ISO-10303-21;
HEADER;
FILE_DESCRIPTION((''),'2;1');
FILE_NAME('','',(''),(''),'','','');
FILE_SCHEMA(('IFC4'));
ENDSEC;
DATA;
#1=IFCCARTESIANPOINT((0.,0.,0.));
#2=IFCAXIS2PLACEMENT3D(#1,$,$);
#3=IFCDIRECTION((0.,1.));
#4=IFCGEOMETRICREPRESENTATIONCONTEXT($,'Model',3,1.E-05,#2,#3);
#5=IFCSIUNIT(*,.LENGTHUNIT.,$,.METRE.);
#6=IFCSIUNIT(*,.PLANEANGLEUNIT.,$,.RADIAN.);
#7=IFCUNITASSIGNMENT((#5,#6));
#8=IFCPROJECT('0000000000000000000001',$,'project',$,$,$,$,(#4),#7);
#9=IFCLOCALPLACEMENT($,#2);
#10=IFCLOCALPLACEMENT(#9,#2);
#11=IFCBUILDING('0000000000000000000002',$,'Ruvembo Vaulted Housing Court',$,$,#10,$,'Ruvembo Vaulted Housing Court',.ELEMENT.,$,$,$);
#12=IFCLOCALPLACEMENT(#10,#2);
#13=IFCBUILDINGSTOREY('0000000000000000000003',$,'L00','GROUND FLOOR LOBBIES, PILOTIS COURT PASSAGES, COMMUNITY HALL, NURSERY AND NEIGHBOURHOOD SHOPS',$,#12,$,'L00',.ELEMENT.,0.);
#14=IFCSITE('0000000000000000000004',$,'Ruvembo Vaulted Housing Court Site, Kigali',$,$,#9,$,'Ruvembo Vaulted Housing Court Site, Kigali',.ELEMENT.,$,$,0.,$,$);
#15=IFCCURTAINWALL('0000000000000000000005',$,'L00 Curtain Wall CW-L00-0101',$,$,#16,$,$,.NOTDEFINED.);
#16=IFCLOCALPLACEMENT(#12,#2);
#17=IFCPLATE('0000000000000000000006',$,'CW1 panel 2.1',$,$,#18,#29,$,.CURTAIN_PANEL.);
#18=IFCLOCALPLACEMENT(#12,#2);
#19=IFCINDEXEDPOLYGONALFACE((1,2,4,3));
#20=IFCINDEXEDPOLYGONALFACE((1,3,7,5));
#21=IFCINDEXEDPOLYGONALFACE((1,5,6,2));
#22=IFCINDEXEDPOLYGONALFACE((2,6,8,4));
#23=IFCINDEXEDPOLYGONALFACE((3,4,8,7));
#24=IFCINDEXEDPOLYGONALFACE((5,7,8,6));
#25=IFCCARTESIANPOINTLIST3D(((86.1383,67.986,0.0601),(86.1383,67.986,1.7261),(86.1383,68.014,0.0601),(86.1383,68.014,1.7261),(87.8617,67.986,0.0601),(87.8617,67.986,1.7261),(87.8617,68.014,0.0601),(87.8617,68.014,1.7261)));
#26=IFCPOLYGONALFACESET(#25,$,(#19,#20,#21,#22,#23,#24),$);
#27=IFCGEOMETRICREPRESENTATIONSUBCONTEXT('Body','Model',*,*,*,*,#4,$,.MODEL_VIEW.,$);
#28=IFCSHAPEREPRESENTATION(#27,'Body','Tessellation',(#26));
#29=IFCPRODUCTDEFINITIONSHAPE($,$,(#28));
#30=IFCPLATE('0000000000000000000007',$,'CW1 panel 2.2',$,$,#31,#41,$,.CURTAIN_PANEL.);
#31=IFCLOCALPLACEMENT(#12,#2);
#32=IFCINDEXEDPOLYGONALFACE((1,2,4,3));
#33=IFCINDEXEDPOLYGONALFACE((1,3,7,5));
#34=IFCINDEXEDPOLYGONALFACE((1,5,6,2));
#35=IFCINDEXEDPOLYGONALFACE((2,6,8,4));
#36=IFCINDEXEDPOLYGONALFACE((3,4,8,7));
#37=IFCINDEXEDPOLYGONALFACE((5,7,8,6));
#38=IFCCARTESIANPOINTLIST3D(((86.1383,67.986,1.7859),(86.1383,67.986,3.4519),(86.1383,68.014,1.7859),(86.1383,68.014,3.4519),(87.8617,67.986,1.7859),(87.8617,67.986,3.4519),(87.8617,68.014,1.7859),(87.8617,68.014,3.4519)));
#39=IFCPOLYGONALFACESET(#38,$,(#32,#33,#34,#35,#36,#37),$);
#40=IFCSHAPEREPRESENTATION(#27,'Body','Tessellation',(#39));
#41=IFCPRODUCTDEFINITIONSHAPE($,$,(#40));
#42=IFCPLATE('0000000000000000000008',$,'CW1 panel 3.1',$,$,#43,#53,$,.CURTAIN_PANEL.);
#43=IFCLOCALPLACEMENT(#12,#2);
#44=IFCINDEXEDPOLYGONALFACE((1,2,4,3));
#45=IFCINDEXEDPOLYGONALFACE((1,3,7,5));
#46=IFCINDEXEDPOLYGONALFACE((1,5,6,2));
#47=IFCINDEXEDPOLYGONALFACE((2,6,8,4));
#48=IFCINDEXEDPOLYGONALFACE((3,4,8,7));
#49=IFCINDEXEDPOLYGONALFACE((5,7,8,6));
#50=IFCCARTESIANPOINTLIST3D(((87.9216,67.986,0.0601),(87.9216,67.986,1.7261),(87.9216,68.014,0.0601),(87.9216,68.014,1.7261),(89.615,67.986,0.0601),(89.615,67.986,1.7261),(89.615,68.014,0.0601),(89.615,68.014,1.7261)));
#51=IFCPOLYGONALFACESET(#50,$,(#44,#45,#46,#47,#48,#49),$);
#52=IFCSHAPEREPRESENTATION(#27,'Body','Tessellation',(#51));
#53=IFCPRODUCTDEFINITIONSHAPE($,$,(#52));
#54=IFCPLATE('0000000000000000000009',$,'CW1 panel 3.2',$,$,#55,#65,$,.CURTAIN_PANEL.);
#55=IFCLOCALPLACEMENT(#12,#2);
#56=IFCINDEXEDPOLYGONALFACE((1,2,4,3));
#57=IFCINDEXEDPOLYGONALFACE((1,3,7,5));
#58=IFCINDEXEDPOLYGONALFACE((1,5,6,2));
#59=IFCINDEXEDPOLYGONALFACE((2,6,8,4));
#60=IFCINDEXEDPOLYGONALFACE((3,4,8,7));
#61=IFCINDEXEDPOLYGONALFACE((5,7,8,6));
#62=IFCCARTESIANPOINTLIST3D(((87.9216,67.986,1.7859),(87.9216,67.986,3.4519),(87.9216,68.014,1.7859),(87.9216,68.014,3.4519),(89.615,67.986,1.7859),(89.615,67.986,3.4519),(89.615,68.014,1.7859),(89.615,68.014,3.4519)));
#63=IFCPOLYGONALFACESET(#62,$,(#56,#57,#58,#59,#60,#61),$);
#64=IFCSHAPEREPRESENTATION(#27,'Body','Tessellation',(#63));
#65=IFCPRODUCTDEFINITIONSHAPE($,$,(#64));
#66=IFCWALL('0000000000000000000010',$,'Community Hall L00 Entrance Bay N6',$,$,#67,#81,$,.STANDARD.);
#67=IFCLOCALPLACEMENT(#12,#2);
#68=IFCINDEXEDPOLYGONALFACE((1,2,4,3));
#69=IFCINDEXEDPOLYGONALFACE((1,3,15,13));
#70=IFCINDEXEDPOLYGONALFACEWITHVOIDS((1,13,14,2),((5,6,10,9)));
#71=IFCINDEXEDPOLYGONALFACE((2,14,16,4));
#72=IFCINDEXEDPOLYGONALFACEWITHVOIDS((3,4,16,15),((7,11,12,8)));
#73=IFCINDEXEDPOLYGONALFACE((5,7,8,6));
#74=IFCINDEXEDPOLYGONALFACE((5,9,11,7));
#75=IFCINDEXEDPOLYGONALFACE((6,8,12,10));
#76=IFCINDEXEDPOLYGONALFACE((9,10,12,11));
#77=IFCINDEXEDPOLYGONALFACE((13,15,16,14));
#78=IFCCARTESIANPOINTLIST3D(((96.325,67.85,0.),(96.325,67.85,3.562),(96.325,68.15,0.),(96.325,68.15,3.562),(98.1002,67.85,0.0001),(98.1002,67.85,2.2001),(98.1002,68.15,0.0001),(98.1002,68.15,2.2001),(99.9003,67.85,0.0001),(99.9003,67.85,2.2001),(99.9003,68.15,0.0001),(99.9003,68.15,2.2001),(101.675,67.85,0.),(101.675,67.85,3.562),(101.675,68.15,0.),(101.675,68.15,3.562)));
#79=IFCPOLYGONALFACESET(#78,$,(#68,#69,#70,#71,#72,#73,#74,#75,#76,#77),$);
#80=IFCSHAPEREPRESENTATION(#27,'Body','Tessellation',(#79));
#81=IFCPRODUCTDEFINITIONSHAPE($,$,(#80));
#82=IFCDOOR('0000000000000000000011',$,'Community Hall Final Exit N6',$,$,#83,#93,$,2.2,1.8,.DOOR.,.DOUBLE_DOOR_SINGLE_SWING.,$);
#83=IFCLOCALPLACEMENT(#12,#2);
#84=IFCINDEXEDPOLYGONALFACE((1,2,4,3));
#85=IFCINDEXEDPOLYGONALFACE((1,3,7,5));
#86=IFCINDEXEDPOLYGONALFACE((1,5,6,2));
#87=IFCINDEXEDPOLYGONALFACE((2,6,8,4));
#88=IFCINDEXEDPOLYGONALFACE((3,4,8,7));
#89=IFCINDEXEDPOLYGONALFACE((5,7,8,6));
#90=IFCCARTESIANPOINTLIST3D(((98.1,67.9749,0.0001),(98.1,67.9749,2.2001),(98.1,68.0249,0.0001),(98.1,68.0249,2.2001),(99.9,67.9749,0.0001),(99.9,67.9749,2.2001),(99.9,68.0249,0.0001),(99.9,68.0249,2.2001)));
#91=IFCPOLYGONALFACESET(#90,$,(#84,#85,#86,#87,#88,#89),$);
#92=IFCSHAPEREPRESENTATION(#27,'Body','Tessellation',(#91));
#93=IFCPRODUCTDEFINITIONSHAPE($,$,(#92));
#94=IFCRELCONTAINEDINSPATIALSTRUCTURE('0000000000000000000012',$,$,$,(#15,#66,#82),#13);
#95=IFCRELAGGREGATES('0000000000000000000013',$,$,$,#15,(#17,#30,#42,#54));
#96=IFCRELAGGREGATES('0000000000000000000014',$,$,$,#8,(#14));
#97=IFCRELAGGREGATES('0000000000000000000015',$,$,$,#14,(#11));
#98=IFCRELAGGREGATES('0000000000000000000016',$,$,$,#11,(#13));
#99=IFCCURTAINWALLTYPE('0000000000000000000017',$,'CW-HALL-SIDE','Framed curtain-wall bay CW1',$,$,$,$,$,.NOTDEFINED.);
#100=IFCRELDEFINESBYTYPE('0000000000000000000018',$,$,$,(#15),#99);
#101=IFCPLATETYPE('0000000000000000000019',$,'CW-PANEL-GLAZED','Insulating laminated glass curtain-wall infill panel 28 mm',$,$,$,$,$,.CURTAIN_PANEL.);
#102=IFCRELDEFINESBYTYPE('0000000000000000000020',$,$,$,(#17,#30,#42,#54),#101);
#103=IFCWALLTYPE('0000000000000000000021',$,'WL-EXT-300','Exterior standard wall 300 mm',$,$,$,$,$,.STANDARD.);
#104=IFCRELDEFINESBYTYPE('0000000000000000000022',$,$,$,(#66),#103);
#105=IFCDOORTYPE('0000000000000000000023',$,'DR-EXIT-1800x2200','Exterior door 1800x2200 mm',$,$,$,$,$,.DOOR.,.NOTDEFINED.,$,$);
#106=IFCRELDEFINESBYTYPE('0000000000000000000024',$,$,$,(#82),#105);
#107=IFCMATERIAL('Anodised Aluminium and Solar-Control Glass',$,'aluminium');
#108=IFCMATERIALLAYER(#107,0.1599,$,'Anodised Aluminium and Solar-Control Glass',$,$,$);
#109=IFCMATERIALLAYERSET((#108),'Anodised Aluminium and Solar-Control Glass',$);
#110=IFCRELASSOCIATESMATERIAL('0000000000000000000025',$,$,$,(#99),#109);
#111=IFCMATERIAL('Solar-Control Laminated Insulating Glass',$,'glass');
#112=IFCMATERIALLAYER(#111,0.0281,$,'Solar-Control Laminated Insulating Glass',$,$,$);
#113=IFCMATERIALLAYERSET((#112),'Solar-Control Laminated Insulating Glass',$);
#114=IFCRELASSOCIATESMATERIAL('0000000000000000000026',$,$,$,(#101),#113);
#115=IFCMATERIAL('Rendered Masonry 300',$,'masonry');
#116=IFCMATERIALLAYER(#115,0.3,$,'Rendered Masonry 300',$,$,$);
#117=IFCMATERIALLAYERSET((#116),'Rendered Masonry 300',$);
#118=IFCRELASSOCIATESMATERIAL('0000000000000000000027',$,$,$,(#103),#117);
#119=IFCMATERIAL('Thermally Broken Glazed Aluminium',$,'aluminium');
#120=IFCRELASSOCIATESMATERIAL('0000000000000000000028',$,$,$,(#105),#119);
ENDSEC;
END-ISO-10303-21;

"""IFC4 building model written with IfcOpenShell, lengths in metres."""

from ifc_helpers import new_model, si_unit, direction, frame, frame_2d, origin, origin_2d, place, context, subcontext, project, spatial, rectangle, extrude, material, layer, layer_set, type_object, element, fill, aggregate, save


model = new_model("IFC4")

# Units and contexts
model_context = context("Model", 3, precision=1e-05, world=origin(), true_north=direction((0.0, 1.0)))
body_context = subcontext(model_context, "Body", "Model", "MODEL_VIEW")
ifc_project = project(units=[si_unit("LENGTHUNIT", "METRE"), si_unit("PLANEANGLEUNIT", "RADIAN")], contexts=[model_context])

# Site, building, storey
site_placement = place(None, origin())
site = spatial("IfcSite", under=ifc_project, at=site_placement, Name="Ruvembo Vaulted Housing Court Site, Kigali", LongName="Ruvembo Vaulted Housing Court Site, Kigali", CompositionType="ELEMENT", RefElevation=0.0)
building_placement = place(site_placement, origin())
building = spatial("IfcBuilding", under=site, at=building_placement, Name="Ruvembo Vaulted Housing Court", LongName="Ruvembo Vaulted Housing Court", CompositionType="ELEMENT")
storey_placement = place(building_placement, origin())
storey = spatial("IfcBuildingStorey", under=building, at=storey_placement, Name="L00", Description="GROUND FLOOR LOBBIES, PILOTIS COURT PASSAGES, COMMUNITY HALL, NURSERY AND NEIGHBOURHOOD SHOPS", LongName="L00", CompositionType="ELEMENT", Elevation=0.0)

# Curtain wall
ifc_material_1 = material(Name="Anodised Aluminium and Solar-Control Glass", Category="aluminium")
ifc_layer_1 = layer(ifc_material_1, 0.1599, Name="Anodised Aluminium and Solar-Control Glass")
ifc_layer_set_1 = layer_set([ifc_layer_1], Name="Anodised Aluminium and Solar-Control Glass")
curtain_wall_type = type_object("IfcCurtainWallType", Name="CW-HALL-SIDE", Description="Framed curtain-wall bay CW1", PredefinedType="NOTDEFINED", material=ifc_layer_set_1)
curtain_wall_1_placement = place(storey_placement, origin())
curtain_wall_1 = element("IfcCurtainWall", 1, at=curtain_wall_1_placement, inside=storey, type_object=curtain_wall_type, Name="L00 Curtain Wall CW-L00-0101", PredefinedType="NOTDEFINED")

# Plates
ifc_material_2 = material(Name="Solar-Control Laminated Insulating Glass", Category="glass")
ifc_layer_2 = layer(ifc_material_2, 0.0281, Name="Solar-Control Laminated Insulating Glass")
ifc_layer_set_2 = layer_set([ifc_layer_2], Name="Solar-Control Laminated Insulating Glass")
plate_type_1 = type_object("IfcPlateType", Name="CW-PANEL-GLAZED", Description="Insulating laminated glass curtain-wall infill panel 28 mm", PredefinedType="CURTAIN_PANEL", material=ifc_layer_set_2)
plate_1_placement = place(storey_placement, frame((87.0, 68.0, 0.0601), z_axis=(0.0, 0.0, 1.0), x_axis=(1.0, 0.0, 0.0)))
plate_1 = element("IfcPlate", 2, at=plate_1_placement, type_object=plate_type_1, Name="CW1 panel 2.1", PredefinedType="CURTAIN_PANEL", context=body_context, shape_type="SweptSolid", body=[
    extrude(rectangle(XDim=1.7234, YDim=0.0281, at=origin_2d()), origin(), (0.0, 0.0, 1.0), 1.666),
])
plate_2_placement = place(storey_placement, frame((87.0, 68.0, 1.7859), z_axis=(0.0, 0.0, 1.0), x_axis=(1.0, 0.0, 0.0)))
plate_2 = element("IfcPlate", 3, at=plate_2_placement, type_object=plate_type_1, Name="CW1 panel 2.2", PredefinedType="CURTAIN_PANEL", context=body_context, shape_type="SweptSolid", body=[
    extrude(rectangle(XDim=1.7234, YDim=0.0281, at=origin_2d()), origin(), (0.0, 0.0, 1.0), 1.666),
])
plate_3_placement = place(storey_placement, frame((88.7683, 68.0, 0.0601), z_axis=(0.0, 0.0, 1.0), x_axis=(1.0, 0.0, 0.0)))
plate_3 = element("IfcPlate", 4, at=plate_3_placement, type_object=plate_type_1, Name="CW1 panel 3.1", PredefinedType="CURTAIN_PANEL", context=body_context, shape_type="SweptSolid", body=[
    extrude(rectangle(XDim=1.6934, YDim=0.0281, at=origin_2d()), origin(), (0.0, 0.0, 1.0), 1.666),
])
plate_4_placement = place(storey_placement, frame((88.7683, 68.0, 1.7859), z_axis=(0.0, 0.0, 1.0), x_axis=(1.0, 0.0, 0.0)))
plate_4 = element("IfcPlate", 5, at=plate_4_placement, type_object=plate_type_1, Name="CW1 panel 3.2", PredefinedType="CURTAIN_PANEL", context=body_context, shape_type="SweptSolid", body=[
    extrude(rectangle(XDim=1.6934, YDim=0.0281, at=origin_2d()), origin(), (0.0, 0.0, 1.0), 1.666),
])
aggregate(curtain_wall_1, [plate_1, plate_2, plate_3, plate_4])

# Wall, opening, door
ifc_material_3 = material(Name="Rendered Masonry 300", Category="masonry")
ifc_layer_3 = layer(ifc_material_3, 0.3, Name="Rendered Masonry 300")
ifc_layer_set_3 = layer_set([ifc_layer_3], Name="Rendered Masonry 300")
wall_type = type_object("IfcWallType", Name="WL-EXT-300", Description="Exterior standard wall 300 mm", PredefinedType="STANDARD", material=ifc_layer_set_3)
wall_placement = place(storey_placement, frame((101.675, 68.0, 0.0), z_axis=(0.0, 0.0, 1.0), x_axis=(-1.0, 0.0, 0.0)))
wall = element("IfcWall", 6, at=wall_placement, inside=storey, type_object=wall_type, Name="Community Hall L00 Entrance Bay N6", PredefinedType="STANDARD", context=body_context, shape_type="SweptSolid", body=[
    extrude(rectangle(XDim=5.3501, YDim=0.3, at=frame_2d((2.675, 0.0))), origin(), (0.0, 0.0, 1.0), 3.562),
])
opening_placement = place(wall_placement, frame((1.7749, 0.0, 0.0)))
opening = element("IfcOpeningElement", 7, at=opening_placement, cuts=wall, PredefinedType="OPENING", context=body_context, shape_type="SweptSolid", body=[
    extrude(rectangle(XDim=1.8, YDim=2.2, at=frame_2d((0.8999, 1.1001))), frame((0.0, 0.1599, 0.0), z_axis=(0.0, -1.0, 0.0), x_axis=(1.0, 0.0, 0.0)), (0.0, 0.0, 1.0), 0.3201),
])
ifc_material_4 = material(Name="Thermally Broken Glazed Aluminium", Category="aluminium")
door_type = type_object("IfcDoorType", Name="DR-EXIT-1800x2200", Description="Exterior door 1800x2200 mm", OperationType="NOTDEFINED", PredefinedType="DOOR", material=ifc_material_4)
door_placement = place(opening_placement, frame((1.8, 0.0, 0.0), z_axis=(0.0, 0.0, 1.0), x_axis=(-1.0, 0.0, 0.0)))
door = element("IfcDoor", 8, at=door_placement, inside=storey, type_object=door_type, Name="Community Hall Final Exit N6", OperationType="DOUBLE_DOOR_SINGLE_SWING", OverallHeight=2.2, OverallWidth=1.8, PredefinedType="DOOR", context=body_context, shape_type="SweptSolid", body=[
    extrude(rectangle(XDim=1.8, YDim=2.2, at=frame_2d((0.8999, 1.1001))), frame((0.0, 0.0249, 0.0), z_axis=(0.0, -1.0, 0.0), x_axis=(1.0, 0.0, 0.0)), (0.0, 0.0, 1.0), 0.05),
])
fill(opening, door)

save(model, "model.ifc")
